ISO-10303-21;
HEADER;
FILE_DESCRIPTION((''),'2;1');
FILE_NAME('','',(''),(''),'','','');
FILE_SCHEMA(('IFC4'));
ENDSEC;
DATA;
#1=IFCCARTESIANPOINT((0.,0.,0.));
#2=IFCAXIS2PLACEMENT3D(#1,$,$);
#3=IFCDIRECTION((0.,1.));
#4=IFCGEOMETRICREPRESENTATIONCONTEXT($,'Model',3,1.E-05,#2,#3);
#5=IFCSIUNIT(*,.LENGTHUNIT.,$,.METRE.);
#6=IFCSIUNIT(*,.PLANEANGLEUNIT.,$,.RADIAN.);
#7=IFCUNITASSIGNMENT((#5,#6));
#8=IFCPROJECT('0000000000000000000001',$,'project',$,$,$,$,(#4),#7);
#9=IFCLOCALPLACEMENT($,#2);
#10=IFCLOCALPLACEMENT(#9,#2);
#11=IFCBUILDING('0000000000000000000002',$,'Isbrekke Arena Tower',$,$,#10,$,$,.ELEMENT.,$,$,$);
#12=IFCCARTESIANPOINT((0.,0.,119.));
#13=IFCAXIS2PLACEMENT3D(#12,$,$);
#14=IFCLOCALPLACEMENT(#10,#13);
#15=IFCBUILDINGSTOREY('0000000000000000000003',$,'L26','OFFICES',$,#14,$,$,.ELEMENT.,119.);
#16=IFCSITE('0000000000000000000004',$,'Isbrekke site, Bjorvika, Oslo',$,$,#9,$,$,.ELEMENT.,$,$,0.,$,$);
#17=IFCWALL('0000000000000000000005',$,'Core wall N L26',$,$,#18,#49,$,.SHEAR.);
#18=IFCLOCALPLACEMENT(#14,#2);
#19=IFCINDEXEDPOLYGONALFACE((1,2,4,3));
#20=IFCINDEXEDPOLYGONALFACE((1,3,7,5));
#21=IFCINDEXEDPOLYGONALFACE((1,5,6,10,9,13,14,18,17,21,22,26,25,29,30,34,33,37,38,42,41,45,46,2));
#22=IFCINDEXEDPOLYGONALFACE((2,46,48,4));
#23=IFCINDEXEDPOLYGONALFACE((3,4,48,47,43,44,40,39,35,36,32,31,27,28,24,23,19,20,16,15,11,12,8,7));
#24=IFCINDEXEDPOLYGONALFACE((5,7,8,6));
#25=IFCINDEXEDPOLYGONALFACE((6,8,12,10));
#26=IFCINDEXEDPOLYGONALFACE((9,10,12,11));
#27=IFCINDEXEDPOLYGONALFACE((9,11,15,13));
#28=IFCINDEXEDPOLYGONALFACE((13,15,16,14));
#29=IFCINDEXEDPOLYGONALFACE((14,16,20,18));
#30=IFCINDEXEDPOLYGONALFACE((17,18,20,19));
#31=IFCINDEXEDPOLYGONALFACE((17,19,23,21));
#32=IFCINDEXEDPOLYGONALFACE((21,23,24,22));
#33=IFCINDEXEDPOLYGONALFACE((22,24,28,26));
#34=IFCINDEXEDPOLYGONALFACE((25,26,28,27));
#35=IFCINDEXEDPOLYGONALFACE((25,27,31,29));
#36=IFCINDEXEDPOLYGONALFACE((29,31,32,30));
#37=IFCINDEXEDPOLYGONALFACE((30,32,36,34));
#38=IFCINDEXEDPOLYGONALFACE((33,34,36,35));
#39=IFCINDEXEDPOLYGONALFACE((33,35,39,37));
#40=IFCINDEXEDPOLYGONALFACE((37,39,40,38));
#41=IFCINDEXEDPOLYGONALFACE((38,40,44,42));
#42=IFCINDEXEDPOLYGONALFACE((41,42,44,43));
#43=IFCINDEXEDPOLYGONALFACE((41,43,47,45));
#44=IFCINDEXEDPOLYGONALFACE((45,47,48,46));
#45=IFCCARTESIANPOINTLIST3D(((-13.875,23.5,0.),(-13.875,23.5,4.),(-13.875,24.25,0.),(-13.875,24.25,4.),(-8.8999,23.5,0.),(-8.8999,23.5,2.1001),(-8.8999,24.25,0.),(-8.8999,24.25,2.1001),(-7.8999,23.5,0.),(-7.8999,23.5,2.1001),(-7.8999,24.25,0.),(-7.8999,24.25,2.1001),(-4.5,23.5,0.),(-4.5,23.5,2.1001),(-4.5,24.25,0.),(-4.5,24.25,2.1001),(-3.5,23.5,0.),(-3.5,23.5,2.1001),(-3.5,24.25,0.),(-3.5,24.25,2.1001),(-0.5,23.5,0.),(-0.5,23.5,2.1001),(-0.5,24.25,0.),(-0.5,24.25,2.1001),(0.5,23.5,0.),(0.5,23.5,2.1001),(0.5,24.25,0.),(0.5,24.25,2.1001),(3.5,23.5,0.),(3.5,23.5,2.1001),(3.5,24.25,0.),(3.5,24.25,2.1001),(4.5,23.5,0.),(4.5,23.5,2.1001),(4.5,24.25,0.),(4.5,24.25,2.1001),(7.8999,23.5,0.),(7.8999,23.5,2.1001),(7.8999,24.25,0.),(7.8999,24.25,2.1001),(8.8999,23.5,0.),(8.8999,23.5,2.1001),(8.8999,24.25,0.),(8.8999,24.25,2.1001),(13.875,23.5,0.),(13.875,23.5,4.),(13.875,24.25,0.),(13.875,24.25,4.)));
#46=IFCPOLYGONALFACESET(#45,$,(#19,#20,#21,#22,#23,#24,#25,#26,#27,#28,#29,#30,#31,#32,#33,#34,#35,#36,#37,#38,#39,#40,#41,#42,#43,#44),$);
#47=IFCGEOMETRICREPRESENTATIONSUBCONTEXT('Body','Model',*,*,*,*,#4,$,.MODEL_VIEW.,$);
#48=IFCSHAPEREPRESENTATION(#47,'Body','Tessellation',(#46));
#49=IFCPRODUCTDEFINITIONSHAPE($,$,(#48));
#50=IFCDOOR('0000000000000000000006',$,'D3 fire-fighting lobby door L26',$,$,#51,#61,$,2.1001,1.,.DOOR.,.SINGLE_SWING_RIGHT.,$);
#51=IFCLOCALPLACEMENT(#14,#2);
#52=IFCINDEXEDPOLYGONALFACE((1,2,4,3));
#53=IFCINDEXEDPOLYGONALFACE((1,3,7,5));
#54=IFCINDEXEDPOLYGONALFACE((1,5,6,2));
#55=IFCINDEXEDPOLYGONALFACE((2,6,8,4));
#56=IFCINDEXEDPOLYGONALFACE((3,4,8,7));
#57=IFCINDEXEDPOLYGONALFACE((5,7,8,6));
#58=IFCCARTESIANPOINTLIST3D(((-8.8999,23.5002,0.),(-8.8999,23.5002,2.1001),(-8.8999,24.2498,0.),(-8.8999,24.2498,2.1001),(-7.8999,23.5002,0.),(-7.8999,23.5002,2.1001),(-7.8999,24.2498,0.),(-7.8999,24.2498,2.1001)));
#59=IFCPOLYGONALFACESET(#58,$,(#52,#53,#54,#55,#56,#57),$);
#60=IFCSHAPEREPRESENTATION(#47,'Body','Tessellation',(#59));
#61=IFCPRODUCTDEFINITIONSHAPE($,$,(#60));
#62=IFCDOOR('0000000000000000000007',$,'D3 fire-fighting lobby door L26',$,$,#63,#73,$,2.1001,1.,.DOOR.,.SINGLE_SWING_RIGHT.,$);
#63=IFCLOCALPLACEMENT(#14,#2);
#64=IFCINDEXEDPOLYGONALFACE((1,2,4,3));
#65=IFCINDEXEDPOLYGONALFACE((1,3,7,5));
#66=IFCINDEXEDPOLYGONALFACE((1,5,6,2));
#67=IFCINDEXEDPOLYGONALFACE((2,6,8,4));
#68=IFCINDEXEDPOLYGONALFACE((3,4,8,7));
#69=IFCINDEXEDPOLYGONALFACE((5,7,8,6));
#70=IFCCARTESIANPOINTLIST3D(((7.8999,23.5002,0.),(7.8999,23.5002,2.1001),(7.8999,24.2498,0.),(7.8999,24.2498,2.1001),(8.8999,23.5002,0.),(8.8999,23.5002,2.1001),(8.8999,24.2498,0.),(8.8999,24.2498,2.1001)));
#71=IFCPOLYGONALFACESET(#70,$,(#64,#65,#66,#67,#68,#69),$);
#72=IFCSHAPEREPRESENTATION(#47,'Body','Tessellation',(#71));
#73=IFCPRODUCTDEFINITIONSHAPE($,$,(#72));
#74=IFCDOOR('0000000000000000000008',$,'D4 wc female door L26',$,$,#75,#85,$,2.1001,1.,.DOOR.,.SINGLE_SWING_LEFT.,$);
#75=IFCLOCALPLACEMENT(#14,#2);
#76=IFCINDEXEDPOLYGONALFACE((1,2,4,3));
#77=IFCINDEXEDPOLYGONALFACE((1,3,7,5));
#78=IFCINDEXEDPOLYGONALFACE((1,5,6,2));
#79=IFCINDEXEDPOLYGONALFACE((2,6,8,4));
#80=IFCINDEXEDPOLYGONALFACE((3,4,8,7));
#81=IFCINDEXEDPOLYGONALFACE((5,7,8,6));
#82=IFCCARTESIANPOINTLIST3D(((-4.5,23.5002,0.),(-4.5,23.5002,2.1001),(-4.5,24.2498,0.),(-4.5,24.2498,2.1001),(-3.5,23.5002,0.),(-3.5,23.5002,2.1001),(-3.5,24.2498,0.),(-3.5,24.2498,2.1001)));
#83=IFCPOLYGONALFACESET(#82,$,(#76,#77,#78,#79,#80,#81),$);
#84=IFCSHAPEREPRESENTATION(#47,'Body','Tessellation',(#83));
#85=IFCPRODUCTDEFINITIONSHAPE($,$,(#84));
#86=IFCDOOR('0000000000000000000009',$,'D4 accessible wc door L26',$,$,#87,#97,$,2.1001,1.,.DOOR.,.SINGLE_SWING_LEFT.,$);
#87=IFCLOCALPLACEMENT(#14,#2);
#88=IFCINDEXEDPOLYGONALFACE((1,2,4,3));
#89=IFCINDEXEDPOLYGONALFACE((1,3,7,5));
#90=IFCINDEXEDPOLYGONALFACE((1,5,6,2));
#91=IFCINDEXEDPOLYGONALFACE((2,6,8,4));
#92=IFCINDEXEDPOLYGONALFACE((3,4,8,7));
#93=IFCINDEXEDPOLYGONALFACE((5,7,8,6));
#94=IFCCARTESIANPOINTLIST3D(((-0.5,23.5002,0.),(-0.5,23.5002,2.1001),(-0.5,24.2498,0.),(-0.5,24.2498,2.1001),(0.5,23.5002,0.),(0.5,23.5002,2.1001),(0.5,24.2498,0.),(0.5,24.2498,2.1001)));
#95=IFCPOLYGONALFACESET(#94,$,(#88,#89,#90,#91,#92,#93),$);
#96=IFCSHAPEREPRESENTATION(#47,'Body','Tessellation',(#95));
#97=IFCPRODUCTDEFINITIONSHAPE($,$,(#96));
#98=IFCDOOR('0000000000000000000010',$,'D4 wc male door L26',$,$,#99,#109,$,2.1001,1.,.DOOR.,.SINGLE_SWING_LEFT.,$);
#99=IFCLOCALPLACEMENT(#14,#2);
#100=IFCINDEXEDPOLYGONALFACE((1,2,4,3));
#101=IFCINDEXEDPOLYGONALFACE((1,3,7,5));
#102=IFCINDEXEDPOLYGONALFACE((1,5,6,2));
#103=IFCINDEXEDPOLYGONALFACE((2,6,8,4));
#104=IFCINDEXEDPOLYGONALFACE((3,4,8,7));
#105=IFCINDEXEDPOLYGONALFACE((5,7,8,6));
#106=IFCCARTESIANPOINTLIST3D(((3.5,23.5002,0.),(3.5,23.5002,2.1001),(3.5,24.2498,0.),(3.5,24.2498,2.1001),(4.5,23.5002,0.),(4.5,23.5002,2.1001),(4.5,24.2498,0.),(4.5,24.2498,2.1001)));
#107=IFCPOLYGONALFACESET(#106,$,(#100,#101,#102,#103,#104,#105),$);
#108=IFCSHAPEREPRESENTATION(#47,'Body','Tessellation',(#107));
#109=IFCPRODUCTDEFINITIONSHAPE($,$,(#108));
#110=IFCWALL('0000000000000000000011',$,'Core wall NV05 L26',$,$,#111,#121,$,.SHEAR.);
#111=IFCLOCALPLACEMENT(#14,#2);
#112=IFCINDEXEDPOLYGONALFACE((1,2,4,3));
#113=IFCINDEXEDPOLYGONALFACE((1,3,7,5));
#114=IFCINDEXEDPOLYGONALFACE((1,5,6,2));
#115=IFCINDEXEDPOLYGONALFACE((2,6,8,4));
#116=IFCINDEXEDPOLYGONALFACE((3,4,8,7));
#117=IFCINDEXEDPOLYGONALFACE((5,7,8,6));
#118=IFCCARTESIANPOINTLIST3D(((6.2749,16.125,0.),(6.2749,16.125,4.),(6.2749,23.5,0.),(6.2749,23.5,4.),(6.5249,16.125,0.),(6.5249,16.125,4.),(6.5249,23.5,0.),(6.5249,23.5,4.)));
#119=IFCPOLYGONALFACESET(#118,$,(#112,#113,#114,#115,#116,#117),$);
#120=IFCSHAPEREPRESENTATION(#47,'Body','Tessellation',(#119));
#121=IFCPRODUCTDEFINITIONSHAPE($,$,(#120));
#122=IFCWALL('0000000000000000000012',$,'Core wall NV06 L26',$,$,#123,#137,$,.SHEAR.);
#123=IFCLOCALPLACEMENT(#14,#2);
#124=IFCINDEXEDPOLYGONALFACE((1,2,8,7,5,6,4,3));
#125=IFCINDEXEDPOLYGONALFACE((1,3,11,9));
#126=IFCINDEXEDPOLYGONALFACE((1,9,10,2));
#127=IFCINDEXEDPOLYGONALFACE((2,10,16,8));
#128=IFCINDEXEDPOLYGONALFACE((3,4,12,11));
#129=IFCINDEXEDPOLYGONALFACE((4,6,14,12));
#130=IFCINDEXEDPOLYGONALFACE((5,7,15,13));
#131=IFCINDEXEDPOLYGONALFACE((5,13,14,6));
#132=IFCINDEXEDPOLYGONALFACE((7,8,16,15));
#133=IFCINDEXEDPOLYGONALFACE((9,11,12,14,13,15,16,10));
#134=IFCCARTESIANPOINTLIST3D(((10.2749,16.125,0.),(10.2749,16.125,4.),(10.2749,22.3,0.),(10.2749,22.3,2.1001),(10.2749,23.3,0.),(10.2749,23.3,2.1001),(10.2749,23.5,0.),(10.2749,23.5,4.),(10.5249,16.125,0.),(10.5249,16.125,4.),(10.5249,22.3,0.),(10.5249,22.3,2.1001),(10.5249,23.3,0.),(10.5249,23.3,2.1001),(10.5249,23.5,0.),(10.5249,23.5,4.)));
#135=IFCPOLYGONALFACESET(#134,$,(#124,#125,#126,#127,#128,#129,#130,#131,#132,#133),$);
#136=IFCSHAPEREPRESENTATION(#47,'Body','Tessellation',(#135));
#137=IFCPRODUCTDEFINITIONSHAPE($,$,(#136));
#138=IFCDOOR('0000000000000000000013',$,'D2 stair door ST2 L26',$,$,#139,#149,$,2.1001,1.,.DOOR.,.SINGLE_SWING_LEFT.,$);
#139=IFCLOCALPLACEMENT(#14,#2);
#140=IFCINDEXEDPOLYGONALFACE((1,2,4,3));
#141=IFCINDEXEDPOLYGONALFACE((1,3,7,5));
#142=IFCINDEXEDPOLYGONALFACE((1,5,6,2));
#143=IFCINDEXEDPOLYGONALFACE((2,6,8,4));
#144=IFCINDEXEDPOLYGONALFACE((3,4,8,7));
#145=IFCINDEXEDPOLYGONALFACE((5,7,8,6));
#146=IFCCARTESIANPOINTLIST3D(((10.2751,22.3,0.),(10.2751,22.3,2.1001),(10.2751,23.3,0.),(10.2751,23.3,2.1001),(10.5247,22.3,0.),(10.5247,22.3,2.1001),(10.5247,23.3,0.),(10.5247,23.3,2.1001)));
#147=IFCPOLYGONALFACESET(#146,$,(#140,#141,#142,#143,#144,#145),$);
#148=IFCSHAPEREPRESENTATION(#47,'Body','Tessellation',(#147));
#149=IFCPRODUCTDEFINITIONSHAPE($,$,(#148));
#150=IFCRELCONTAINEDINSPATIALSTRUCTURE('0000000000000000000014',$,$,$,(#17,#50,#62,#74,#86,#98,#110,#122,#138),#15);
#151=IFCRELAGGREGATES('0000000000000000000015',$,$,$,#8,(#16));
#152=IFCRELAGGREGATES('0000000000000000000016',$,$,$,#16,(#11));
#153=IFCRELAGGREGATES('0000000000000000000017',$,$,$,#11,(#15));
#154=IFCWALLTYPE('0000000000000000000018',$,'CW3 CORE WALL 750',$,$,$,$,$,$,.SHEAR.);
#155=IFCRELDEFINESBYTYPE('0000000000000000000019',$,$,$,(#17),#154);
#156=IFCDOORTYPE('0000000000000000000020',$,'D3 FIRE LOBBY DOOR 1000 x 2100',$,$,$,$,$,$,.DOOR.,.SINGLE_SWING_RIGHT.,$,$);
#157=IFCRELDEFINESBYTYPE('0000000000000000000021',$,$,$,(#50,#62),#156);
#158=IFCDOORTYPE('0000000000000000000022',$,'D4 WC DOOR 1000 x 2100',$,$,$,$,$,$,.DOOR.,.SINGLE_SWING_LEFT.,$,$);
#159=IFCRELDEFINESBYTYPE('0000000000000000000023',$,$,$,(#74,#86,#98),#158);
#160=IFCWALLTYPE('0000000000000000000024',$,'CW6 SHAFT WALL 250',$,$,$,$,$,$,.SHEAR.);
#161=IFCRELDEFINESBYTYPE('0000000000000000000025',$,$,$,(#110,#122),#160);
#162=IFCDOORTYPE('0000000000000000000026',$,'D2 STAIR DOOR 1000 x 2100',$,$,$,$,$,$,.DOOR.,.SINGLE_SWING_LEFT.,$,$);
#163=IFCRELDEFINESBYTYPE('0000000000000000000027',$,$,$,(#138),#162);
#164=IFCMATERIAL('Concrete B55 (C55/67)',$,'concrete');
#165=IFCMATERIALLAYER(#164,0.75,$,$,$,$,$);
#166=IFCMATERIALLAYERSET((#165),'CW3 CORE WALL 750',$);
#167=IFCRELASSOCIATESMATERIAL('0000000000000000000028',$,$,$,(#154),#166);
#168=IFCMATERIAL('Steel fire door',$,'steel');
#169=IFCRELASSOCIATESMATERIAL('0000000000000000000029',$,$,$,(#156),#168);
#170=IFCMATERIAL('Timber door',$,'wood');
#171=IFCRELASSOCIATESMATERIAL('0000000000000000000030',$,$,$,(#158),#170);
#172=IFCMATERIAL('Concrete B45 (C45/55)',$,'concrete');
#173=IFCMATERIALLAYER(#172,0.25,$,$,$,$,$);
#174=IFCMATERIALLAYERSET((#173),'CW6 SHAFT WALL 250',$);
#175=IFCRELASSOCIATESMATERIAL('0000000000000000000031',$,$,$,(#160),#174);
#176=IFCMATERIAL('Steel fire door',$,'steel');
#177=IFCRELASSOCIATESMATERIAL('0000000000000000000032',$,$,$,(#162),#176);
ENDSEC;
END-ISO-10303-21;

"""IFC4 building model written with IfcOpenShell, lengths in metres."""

from ifc_helpers import new_model, si_unit, direction, frame, frame_2d, origin, place, context, subcontext, project, spatial, rectangle, extrude, material, layer, layer_set, type_object, element, fill, save


model = new_model("IFC4")

# Units and contexts
model_context = context("Model", 3, precision=1e-05, world=origin(), true_north=direction((0.0, 1.0)))
body_context = subcontext(model_context, "Body", "Model", "MODEL_VIEW")
ifc_project = project(units=[si_unit("LENGTHUNIT", "METRE"), si_unit("PLANEANGLEUNIT", "RADIAN")], contexts=[model_context])

# Site, building, storey
site_placement = place(None, origin())
site = spatial("IfcSite", under=ifc_project, at=site_placement, Name="Isbrekke site, Bjorvika, Oslo", CompositionType="ELEMENT", RefElevation=0.0)
building_placement = place(site_placement, origin())
building = spatial("IfcBuilding", under=site, at=building_placement, Name="Isbrekke Arena Tower", CompositionType="ELEMENT")
storey_placement = place(building_placement, frame((0.0, 0.0, 119.0)))
storey = spatial("IfcBuildingStorey", under=building, at=storey_placement, Name="L26", Description="OFFICES", CompositionType="ELEMENT", Elevation=119.0)

# Wall, openings, doors
ifc_material_1 = material(Name="Concrete B55 (C55/67)", Category="concrete")
ifc_layer_1 = layer(ifc_material_1, 0.75)
ifc_layer_set_1 = layer_set([ifc_layer_1], Name="CW3 CORE WALL 750")
wall_type_1 = type_object("IfcWallType", Name="CW3 CORE WALL 750", PredefinedType="SHEAR", material=ifc_layer_set_1)
wall_1_placement = place(storey_placement, frame((13.875, 23.875, 0.0), z_axis=(0.0, 0.0, 1.0), x_axis=(-1.0, 0.0, 0.0)))
wall_1 = element("IfcWall", 1, at=wall_1_placement, inside=storey, type_object=wall_type_1, Name="Core wall N L26", PredefinedType="SHEAR", context=body_context, shape_type="SweptSolid", body=[
    extrude(rectangle(XDim=27.75, YDim=0.75, at=frame_2d((13.875, 0.0))), origin(), (0.0, 0.0, 1.0), 4.0),
])
opening_1_placement = place(wall_1_placement, frame((21.7749, 0.0, 0.0)))
opening_1 = element("IfcOpeningElement", 2, at=opening_1_placement, cuts=wall_1, PredefinedType="OPENING", context=body_context, shape_type="SweptSolid", body=[
    extrude(rectangle(XDim=1.0, YDim=2.1001, at=frame_2d((0.5, 1.05))), frame((0.0, 0.3899, 0.0), z_axis=(0.0, -1.0, 0.0), x_axis=(1.0, 0.0, 0.0)), (0.0, 0.0, 1.0), 0.7798),
])
opening_2_placement = place(wall_1_placement, frame((4.9751, 0.0, 0.0)))
opening_2 = element("IfcOpeningElement", 3, at=opening_2_placement, cuts=wall_1, PredefinedType="OPENING", context=body_context, shape_type="SweptSolid", body=[
    extrude(rectangle(XDim=1.0, YDim=2.1001, at=frame_2d((0.5, 1.05))), frame((0.0, 0.3899, 0.0), z_axis=(0.0, -1.0, 0.0), x_axis=(1.0, 0.0, 0.0)), (0.0, 0.0, 1.0), 0.7798),
])
opening_3_placement = place(wall_1_placement, frame((17.375, 0.0, 0.0)))
opening_3 = element("IfcOpeningElement", 4, at=opening_3_placement, cuts=wall_1, PredefinedType="OPENING", context=body_context, shape_type="SweptSolid", body=[
    extrude(rectangle(XDim=1.0, YDim=2.1001, at=frame_2d((0.5, 1.05))), frame((0.0, 0.3899, 0.0), z_axis=(0.0, -1.0, 0.0), x_axis=(1.0, 0.0, 0.0)), (0.0, 0.0, 1.0), 0.7798),
])
opening_4_placement = place(wall_1_placement, frame((13.375, 0.0, 0.0)))
opening_4 = element("IfcOpeningElement", 5, at=opening_4_placement, cuts=wall_1, PredefinedType="OPENING", context=body_context, shape_type="SweptSolid", body=[
    extrude(rectangle(XDim=1.0, YDim=2.1001, at=frame_2d((0.5, 1.05))), frame((0.0, 0.3899, 0.0), z_axis=(0.0, -1.0, 0.0), x_axis=(1.0, 0.0, 0.0)), (0.0, 0.0, 1.0), 0.7798),
])
opening_5_placement = place(wall_1_placement, frame((9.375, 0.0, 0.0)))
opening_5 = element("IfcOpeningElement", 6, at=opening_5_placement, cuts=wall_1, PredefinedType="OPENING", context=body_context, shape_type="SweptSolid", body=[
    extrude(rectangle(XDim=1.0, YDim=2.1001, at=frame_2d((0.5, 1.05))), frame((0.0, 0.3899, 0.0), z_axis=(0.0, -1.0, 0.0), x_axis=(1.0, 0.0, 0.0)), (0.0, 0.0, 1.0), 0.7798),
])
ifc_material_2 = material(Name="Steel fire door", Category="steel")
door_type_1 = type_object("IfcDoorType", Name="D3 FIRE LOBBY DOOR 1000 x 2100", OperationType="SINGLE_SWING_RIGHT", PredefinedType="DOOR", material=ifc_material_2)
door_1_placement = place(opening_1_placement, origin())
door_1 = element("IfcDoor", 7, at=door_1_placement, inside=storey, type_object=door_type_1, Name="D3 fire-fighting lobby door L26", OperationType="SINGLE_SWING_RIGHT", OverallHeight=2.1001, OverallWidth=1.0, PredefinedType="DOOR", context=body_context, shape_type="SweptSolid", body=[
    extrude(rectangle(XDim=1.0, YDim=2.1001, at=frame_2d((0.5, 1.05))), frame((0.0, 0.3748, 0.0), z_axis=(0.0, -1.0, 0.0), x_axis=(1.0, 0.0, 0.0)), (0.0, 0.0, 1.0), 0.7495),
])
fill(opening_1, door_1)
door_2_placement = place(opening_2_placement, origin())
door_2 = element("IfcDoor", 8, at=door_2_placement, inside=storey, type_object=door_type_1, Name="D3 fire-fighting lobby door L26", OperationType="SINGLE_SWING_RIGHT", OverallHeight=2.1001, OverallWidth=1.0, PredefinedType="DOOR", context=body_context, shape_type="SweptSolid", body=[
    extrude(rectangle(XDim=1.0, YDim=2.1001, at=frame_2d((0.5, 1.05))), frame((0.0, 0.3748, 0.0), z_axis=(0.0, -1.0, 0.0), x_axis=(1.0, 0.0, 0.0)), (0.0, 0.0, 1.0), 0.7495),
])
fill(opening_2, door_2)
ifc_material_3 = material(Name="Timber door", Category="wood")
door_type_2 = type_object("IfcDoorType", Name="D4 WC DOOR 1000 x 2100", OperationType="SINGLE_SWING_LEFT", PredefinedType="DOOR", material=ifc_material_3)
door_3_placement = place(opening_3_placement, origin())
door_3 = element("IfcDoor", 9, at=door_3_placement, inside=storey, type_object=door_type_2, Name="D4 wc female door L26", OperationType="SINGLE_SWING_LEFT", OverallHeight=2.1001, OverallWidth=1.0, PredefinedType="DOOR", context=body_context, shape_type="SweptSolid", body=[
    extrude(rectangle(XDim=1.0, YDim=2.1001, at=frame_2d((0.5, 1.05))), frame((0.0, 0.3748, 0.0), z_axis=(0.0, -1.0, 0.0), x_axis=(1.0, 0.0, 0.0)), (0.0, 0.0, 1.0), 0.7495),
])
fill(opening_3, door_3)
door_4_placement = place(opening_4_placement, origin())
door_4 = element("IfcDoor", 10, at=door_4_placement, inside=storey, type_object=door_type_2, Name="D4 accessible wc door L26", OperationType="SINGLE_SWING_LEFT", OverallHeight=2.1001, OverallWidth=1.0, PredefinedType="DOOR", context=body_context, shape_type="SweptSolid", body=[
    extrude(rectangle(XDim=1.0, YDim=2.1001, at=frame_2d((0.5, 1.05))), frame((0.0, 0.3748, 0.0), z_axis=(0.0, -1.0, 0.0), x_axis=(1.0, 0.0, 0.0)), (0.0, 0.0, 1.0), 0.7495),
])
fill(opening_4, door_4)
door_5_placement = place(opening_5_placement, origin())
door_5 = element("IfcDoor", 11, at=door_5_placement, inside=storey, type_object=door_type_2, Name="D4 wc male door L26", OperationType="SINGLE_SWING_LEFT", OverallHeight=2.1001, OverallWidth=1.0, PredefinedType="DOOR", context=body_context, shape_type="SweptSolid", body=[
    extrude(rectangle(XDim=1.0, YDim=2.1001, at=frame_2d((0.5, 1.05))), frame((0.0, 0.3748, 0.0), z_axis=(0.0, -1.0, 0.0), x_axis=(1.0, 0.0, 0.0)), (0.0, 0.0, 1.0), 0.7495),
])
fill(opening_5, door_5)

# Wall
ifc_material_4 = material(Name="Concrete B45 (C45/55)", Category="concrete")
ifc_layer_2 = layer(ifc_material_4, 0.25)
ifc_layer_set_2 = layer_set([ifc_layer_2], Name="CW6 SHAFT WALL 250")
wall_type_2 = type_object("IfcWallType", Name="CW6 SHAFT WALL 250", PredefinedType="SHEAR", material=ifc_layer_set_2)
wall_2_placement = place(storey_placement, frame((6.3999, 16.125, 0.0), z_axis=(0.0, 0.0, 1.0), x_axis=(0.0, 1.0, 0.0)))
element("IfcWall", 12, at=wall_2_placement, inside=storey, type_object=wall_type_2, Name="Core wall NV05 L26", PredefinedType="SHEAR", context=body_context, shape_type="SweptSolid", body=[
    extrude(rectangle(XDim=7.375, YDim=0.25, at=frame_2d((3.6875, 0.0))), origin(), (0.0, 0.0, 1.0), 4.0),
])

# Wall, opening, door
wall_3_placement = place(storey_placement, frame((10.3999, 16.125, 0.0), z_axis=(0.0, 0.0, 1.0), x_axis=(0.0, 1.0, 0.0)))
wall_3 = element("IfcWall", 13, at=wall_3_placement, inside=storey, type_object=wall_type_2, Name="Core wall NV06 L26", PredefinedType="SHEAR", context=body_context, shape_type="SweptSolid", body=[
    extrude(rectangle(XDim=7.375, YDim=0.25, at=frame_2d((3.6875, 0.0))), origin(), (0.0, 0.0, 1.0), 4.0),
])
opening_6_placement = place(wall_3_placement, frame((6.175, 0.0, 0.0)))
opening_6 = element("IfcOpeningElement", 14, at=opening_6_placement, cuts=wall_3, PredefinedType="OPENING", context=body_context, shape_type="SweptSolid", body=[
    extrude(rectangle(XDim=1.0, YDim=2.1001, at=frame_2d((0.5, 1.05))), frame((0.0, 0.1399, 0.0), z_axis=(0.0, -1.0, 0.0), x_axis=(1.0, 0.0, 0.0)), (0.0, 0.0, 1.0), 0.2798),
])
ifc_material_5 = material(Name="Steel fire door", Category="steel")
door_type_3 = type_object("IfcDoorType", Name="D2 STAIR DOOR 1000 x 2100", OperationType="SINGLE_SWING_LEFT", PredefinedType="DOOR", material=ifc_material_5)
door_6_placement = place(opening_6_placement, origin())
door_6 = element("IfcDoor", 15, at=door_6_placement, inside=storey, type_object=door_type_3, Name="D2 stair door ST2 L26", OperationType="SINGLE_SWING_LEFT", OverallHeight=2.1001, OverallWidth=1.0, PredefinedType="DOOR", context=body_context, shape_type="SweptSolid", body=[
    extrude(rectangle(XDim=1.0, YDim=2.1001, at=frame_2d((0.5, 1.05))), frame((0.0, 0.1248, 0.0), z_axis=(0.0, -1.0, 0.0), x_axis=(1.0, 0.0, 0.0)), (0.0, 0.0, 1.0), 0.2495),
])
fill(opening_6, door_6)

save(model, "model.ifc")
